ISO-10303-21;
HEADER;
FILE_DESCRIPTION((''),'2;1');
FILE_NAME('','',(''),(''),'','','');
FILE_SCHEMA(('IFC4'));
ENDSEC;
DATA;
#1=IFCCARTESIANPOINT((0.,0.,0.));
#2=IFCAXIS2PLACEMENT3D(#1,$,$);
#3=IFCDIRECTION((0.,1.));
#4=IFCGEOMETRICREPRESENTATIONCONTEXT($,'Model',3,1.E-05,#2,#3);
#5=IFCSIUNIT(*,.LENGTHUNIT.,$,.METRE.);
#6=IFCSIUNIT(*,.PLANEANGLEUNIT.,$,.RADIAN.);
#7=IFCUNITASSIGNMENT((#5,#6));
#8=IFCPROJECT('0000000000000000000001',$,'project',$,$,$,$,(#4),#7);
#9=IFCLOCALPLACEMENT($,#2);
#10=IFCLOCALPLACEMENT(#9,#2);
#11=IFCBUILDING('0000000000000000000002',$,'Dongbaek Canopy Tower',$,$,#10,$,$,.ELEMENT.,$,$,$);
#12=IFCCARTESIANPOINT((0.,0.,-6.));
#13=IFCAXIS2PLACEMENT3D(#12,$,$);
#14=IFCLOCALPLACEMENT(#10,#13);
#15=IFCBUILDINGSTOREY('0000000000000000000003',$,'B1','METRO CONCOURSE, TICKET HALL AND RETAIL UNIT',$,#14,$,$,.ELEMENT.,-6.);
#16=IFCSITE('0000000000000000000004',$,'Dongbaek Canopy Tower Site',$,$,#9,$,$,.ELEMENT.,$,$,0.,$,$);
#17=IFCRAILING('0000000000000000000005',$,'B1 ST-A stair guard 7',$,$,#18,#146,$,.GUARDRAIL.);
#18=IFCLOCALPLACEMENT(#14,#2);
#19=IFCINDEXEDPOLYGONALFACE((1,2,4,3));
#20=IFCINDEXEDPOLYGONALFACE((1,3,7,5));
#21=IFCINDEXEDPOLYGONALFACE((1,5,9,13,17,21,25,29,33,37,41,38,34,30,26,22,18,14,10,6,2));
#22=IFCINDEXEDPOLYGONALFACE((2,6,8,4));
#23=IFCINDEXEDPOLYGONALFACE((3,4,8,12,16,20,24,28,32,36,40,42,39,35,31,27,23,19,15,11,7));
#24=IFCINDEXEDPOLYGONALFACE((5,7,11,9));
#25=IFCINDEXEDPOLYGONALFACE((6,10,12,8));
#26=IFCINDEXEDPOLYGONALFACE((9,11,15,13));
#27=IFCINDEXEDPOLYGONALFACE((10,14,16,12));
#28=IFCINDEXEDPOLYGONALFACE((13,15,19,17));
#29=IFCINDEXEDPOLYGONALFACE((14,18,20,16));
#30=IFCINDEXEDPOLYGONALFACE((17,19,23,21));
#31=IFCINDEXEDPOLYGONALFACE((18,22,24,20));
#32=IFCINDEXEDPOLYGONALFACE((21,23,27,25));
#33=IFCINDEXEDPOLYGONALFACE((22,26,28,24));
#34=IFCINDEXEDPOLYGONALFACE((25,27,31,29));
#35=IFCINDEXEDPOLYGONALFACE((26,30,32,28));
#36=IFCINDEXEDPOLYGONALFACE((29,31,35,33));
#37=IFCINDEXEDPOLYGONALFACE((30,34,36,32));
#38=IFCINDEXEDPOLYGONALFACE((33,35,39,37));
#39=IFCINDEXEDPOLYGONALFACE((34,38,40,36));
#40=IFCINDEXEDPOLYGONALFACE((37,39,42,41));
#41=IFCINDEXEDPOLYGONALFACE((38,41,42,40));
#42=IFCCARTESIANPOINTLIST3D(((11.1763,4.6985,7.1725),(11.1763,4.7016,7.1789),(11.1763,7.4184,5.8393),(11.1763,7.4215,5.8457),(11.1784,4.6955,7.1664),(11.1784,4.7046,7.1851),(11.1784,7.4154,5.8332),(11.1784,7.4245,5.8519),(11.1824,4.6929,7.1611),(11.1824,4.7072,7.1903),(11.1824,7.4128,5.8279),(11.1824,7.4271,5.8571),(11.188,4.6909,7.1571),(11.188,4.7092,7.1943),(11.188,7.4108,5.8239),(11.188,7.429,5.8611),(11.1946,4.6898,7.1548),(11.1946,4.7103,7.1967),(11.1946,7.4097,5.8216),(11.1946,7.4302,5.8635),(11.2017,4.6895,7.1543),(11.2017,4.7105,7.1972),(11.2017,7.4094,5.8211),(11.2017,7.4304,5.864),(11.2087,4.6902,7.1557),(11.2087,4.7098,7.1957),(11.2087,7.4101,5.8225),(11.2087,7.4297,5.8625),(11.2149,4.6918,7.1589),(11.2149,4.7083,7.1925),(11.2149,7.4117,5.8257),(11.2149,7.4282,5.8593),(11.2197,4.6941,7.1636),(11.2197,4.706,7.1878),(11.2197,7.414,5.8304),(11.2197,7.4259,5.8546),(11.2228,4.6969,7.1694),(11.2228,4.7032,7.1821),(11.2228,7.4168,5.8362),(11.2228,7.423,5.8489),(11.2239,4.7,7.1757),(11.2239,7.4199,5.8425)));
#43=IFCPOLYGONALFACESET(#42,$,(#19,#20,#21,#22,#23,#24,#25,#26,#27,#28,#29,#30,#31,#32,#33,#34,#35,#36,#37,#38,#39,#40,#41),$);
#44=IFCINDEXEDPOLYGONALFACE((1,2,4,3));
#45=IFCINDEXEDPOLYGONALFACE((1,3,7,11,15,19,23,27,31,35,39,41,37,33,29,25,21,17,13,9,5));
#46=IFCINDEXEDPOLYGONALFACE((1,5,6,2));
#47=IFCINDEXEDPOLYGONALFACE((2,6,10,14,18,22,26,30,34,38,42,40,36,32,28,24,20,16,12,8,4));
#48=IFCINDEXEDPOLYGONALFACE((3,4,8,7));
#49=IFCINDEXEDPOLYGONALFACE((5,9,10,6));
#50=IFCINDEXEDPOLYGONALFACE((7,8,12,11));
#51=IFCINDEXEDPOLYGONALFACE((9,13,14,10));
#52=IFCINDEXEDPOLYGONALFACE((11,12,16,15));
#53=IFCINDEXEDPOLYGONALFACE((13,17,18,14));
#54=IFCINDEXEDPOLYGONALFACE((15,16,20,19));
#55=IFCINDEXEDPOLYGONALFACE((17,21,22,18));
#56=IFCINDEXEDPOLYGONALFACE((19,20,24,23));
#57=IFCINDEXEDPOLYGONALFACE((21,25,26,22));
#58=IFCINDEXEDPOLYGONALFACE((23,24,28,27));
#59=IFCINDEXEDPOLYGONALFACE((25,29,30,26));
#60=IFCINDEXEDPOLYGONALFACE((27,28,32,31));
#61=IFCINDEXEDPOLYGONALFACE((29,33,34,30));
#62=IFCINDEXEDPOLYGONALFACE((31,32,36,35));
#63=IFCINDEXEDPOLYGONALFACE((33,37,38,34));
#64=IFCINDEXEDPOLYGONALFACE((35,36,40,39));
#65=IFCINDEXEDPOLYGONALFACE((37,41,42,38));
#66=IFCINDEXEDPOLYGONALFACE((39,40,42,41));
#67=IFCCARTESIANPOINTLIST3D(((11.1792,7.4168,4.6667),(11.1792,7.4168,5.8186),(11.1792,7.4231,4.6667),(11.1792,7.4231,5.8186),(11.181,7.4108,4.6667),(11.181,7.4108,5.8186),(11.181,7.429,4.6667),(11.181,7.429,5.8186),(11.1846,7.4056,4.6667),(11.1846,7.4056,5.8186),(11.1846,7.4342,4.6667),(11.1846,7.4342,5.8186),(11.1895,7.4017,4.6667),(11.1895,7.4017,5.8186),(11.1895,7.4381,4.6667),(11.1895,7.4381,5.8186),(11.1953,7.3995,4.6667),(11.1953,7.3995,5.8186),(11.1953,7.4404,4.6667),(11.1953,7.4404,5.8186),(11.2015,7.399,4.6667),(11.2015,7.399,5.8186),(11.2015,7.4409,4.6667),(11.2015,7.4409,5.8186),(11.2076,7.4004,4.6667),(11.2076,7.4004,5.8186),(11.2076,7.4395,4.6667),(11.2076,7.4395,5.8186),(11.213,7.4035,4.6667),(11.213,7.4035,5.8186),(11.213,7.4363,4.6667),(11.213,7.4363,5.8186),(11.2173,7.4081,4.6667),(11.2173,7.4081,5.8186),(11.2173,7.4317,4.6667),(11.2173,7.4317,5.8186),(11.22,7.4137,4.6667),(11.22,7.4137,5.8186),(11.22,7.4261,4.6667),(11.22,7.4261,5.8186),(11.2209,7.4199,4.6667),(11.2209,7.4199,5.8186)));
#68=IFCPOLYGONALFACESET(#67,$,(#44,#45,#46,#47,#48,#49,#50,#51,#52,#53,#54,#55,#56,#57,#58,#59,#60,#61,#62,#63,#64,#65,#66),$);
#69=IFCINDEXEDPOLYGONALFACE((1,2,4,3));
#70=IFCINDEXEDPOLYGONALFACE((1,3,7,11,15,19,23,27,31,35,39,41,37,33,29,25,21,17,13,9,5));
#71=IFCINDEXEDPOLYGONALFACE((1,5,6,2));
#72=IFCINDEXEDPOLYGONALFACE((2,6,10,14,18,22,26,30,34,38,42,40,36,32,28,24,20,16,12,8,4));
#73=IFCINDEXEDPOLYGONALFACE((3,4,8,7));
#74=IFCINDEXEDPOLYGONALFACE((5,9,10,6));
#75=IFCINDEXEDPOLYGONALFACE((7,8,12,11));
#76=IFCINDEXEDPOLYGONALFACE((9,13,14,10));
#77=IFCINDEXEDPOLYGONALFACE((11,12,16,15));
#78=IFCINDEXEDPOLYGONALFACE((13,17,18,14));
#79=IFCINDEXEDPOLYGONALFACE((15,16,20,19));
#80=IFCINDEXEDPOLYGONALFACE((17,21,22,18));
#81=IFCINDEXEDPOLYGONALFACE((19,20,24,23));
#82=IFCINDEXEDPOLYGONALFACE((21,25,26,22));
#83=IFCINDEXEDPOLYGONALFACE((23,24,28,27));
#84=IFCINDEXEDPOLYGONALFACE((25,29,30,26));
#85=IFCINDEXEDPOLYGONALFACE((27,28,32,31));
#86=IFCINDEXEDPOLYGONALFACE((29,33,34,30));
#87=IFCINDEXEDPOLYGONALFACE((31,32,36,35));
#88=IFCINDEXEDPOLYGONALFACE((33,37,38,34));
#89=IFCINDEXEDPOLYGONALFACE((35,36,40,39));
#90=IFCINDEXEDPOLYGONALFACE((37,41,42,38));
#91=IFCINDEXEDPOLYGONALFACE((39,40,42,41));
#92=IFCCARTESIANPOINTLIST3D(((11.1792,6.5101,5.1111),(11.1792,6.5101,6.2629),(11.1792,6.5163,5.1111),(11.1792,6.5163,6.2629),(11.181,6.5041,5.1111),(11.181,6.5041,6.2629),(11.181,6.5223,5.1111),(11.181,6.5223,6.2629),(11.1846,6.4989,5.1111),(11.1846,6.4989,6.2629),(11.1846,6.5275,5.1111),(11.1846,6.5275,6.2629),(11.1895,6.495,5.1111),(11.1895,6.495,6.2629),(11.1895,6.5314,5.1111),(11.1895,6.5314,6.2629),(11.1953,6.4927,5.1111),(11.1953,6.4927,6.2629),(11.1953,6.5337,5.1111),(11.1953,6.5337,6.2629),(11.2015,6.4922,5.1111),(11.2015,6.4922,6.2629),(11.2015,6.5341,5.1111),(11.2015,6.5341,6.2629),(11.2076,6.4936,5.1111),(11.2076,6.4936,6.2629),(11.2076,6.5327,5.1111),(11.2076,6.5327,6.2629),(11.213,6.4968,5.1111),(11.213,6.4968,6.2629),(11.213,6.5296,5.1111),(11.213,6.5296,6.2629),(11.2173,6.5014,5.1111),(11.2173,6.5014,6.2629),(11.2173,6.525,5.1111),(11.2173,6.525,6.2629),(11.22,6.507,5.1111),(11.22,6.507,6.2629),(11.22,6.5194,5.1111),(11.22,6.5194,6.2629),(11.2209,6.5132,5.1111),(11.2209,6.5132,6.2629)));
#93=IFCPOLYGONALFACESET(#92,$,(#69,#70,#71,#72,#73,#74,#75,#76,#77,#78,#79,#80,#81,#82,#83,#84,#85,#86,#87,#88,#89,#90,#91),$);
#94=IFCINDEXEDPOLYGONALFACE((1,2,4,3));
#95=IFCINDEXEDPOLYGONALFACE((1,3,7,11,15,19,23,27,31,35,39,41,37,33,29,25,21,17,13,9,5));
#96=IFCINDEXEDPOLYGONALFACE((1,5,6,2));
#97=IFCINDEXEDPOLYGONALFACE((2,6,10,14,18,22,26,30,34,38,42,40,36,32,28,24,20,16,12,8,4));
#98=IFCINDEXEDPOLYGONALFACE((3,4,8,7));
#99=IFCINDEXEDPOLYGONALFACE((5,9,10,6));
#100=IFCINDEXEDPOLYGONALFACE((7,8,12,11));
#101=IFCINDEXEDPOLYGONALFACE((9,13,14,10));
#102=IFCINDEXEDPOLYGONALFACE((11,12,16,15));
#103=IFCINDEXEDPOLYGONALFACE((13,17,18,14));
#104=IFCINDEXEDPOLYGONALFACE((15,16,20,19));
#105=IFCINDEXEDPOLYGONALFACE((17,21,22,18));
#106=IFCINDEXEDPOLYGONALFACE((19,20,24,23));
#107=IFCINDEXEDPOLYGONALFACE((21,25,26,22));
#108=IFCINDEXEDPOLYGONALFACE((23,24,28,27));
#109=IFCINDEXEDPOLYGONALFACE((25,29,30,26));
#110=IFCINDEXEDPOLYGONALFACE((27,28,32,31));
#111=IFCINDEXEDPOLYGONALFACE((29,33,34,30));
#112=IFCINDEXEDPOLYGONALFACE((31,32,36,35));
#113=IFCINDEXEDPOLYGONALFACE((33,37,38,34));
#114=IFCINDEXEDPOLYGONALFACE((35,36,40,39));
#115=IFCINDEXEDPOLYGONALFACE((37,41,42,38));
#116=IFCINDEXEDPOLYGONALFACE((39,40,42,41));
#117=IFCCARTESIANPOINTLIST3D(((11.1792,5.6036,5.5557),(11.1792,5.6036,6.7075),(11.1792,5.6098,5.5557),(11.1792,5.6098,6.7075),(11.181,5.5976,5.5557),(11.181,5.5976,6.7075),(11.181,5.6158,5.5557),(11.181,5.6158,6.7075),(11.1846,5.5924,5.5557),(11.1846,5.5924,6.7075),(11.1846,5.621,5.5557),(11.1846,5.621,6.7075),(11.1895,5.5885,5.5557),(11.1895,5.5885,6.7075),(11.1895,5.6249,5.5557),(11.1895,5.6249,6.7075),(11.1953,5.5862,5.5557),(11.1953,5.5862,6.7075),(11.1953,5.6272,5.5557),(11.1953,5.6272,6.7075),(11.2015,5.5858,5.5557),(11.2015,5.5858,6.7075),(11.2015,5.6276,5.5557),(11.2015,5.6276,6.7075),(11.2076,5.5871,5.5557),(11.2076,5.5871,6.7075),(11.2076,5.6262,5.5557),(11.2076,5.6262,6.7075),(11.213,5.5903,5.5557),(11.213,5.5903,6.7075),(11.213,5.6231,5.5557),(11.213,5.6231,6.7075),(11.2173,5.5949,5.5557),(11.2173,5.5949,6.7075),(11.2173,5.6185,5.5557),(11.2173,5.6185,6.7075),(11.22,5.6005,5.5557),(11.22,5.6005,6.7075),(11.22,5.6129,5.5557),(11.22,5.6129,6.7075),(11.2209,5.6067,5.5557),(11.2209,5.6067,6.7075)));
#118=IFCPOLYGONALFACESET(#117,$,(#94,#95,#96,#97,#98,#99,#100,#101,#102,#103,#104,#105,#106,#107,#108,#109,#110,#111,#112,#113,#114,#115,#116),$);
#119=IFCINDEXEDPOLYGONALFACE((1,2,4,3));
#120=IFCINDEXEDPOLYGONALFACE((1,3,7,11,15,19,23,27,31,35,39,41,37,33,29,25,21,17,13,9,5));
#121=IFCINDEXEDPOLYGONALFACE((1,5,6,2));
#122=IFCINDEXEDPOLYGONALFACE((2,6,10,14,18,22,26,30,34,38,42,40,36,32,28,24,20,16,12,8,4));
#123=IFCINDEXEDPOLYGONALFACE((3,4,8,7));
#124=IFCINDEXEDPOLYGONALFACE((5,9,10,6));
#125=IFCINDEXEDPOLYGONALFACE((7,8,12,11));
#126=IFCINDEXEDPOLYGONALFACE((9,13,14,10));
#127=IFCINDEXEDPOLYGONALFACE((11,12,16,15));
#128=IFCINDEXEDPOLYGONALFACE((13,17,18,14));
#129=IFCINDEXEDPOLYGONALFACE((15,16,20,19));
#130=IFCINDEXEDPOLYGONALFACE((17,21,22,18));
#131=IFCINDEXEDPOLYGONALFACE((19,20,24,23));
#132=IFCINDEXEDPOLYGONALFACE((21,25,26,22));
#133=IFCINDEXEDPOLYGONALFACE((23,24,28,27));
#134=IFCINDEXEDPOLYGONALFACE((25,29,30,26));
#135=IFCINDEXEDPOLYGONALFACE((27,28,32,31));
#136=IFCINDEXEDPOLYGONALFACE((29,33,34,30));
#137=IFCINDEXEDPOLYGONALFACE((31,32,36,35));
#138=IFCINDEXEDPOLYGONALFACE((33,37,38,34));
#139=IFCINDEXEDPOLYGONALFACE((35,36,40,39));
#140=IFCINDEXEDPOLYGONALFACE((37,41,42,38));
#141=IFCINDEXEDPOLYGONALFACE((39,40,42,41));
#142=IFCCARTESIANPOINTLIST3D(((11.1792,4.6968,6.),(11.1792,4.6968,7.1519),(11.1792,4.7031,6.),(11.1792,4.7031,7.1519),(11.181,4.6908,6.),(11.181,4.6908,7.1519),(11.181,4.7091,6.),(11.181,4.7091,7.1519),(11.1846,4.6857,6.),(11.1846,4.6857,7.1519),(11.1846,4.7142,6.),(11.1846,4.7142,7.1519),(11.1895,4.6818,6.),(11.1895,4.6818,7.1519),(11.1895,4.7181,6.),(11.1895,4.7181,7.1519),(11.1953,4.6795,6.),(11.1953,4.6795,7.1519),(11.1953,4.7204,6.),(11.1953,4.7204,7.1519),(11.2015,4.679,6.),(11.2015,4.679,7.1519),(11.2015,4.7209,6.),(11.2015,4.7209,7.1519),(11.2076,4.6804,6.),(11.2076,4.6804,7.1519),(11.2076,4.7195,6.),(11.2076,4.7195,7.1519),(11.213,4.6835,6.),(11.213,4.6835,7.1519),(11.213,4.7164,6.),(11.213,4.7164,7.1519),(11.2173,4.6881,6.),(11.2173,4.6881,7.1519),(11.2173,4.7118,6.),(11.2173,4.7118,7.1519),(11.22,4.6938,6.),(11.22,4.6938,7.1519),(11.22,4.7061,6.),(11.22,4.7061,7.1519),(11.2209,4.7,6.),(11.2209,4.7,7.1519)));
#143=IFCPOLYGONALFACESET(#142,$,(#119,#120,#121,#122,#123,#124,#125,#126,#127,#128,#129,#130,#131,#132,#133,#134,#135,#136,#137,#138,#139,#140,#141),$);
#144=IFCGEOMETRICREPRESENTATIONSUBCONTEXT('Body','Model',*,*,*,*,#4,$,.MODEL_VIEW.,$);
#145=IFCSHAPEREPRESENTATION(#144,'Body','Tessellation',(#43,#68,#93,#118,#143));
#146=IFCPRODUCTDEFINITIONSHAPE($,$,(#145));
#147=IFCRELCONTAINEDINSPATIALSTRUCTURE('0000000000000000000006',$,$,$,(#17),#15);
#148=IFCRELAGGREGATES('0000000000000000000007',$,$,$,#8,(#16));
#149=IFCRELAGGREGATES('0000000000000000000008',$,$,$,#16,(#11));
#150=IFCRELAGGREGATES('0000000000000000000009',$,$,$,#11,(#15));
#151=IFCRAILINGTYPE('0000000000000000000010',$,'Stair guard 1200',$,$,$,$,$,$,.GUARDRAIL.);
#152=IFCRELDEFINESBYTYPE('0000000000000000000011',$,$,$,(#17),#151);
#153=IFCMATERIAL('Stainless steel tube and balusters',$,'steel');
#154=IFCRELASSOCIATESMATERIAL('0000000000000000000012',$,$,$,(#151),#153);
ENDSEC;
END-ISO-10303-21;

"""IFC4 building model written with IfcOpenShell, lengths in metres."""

from ifc_helpers import new_model, si_unit, direction, frame, origin, origin_2d, place, context, subcontext, project, spatial, circle, extrude, material, type_object, element, save


model = new_model("IFC4")

# Units and contexts
model_context = context("Model", 3, precision=1e-05, world=origin(), true_north=direction((0.0, 1.0)))
body_context = subcontext(model_context, "Body", "Model", "MODEL_VIEW")
ifc_project = project(units=[si_unit("LENGTHUNIT", "METRE"), si_unit("PLANEANGLEUNIT", "RADIAN")], contexts=[model_context])

# Site, building, storey
site_placement = place(None, origin())
site = spatial("IfcSite", under=ifc_project, at=site_placement, Name="Dongbaek Canopy Tower Site", CompositionType="ELEMENT", RefElevation=0.0)
building_placement = place(site_placement, origin())
building = spatial("IfcBuilding", under=site, at=building_placement, Name="Dongbaek Canopy Tower", CompositionType="ELEMENT")
storey_placement = place(building_placement, frame((0.0, 0.0, -6.0)))
storey = spatial("IfcBuildingStorey", under=building, at=storey_placement, Name="B1", Description="METRO CONCOURSE, TICKET HALL AND RETAIL UNIT", CompositionType="ELEMENT", Elevation=-6.0)

# Railing
ifc_material_1 = material(Name="Stainless steel tube and balusters", Category="steel")
railing_type_1 = type_object("IfcRailingType", Name="Stair guard 1200", PredefinedType="GUARDRAIL", material=ifc_material_1)
for number, where, name in (
    (1, (11.2, 7.4199, 4.6667), "B1 ST-A stair guard 7"),
):
    element("IfcRailing", number, at=place(storey_placement, frame(where)), inside=storey, type_object=railing_type_1, Name=name, PredefinedType="GUARDRAIL", context=body_context, shape_type="SweptSolid", body=[
        extrude(circle(Radius=0.0239, at=origin_2d()), frame((0.0, 0.0, 1.1758), z_axis=(0.0, -0.897929, 0.440139), x_axis=(1.0, 0.0, 0.0)), (0.0, 0.0, 1.0), 3.0291),
        extrude(circle(Radius=0.021, at=origin_2d()), origin(), (0.0, 0.0, 1.0), 1.1519),
        extrude(circle(Radius=0.021, at=origin_2d()), frame((0.0, -0.9067, 0.4443)), (0.0, 0.0, 1.0), 1.1519),
        extrude(circle(Radius=0.021, at=origin_2d()), frame((0.0, -1.8132, 0.8889)), (0.0, 0.0, 1.0), 1.1519),
        extrude(circle(Radius=0.021, at=origin_2d()), frame((0.0, -2.72, 1.3333)), (0.0, 0.0, 1.0), 1.1519),
    ])

save(model, "model.ifc")
